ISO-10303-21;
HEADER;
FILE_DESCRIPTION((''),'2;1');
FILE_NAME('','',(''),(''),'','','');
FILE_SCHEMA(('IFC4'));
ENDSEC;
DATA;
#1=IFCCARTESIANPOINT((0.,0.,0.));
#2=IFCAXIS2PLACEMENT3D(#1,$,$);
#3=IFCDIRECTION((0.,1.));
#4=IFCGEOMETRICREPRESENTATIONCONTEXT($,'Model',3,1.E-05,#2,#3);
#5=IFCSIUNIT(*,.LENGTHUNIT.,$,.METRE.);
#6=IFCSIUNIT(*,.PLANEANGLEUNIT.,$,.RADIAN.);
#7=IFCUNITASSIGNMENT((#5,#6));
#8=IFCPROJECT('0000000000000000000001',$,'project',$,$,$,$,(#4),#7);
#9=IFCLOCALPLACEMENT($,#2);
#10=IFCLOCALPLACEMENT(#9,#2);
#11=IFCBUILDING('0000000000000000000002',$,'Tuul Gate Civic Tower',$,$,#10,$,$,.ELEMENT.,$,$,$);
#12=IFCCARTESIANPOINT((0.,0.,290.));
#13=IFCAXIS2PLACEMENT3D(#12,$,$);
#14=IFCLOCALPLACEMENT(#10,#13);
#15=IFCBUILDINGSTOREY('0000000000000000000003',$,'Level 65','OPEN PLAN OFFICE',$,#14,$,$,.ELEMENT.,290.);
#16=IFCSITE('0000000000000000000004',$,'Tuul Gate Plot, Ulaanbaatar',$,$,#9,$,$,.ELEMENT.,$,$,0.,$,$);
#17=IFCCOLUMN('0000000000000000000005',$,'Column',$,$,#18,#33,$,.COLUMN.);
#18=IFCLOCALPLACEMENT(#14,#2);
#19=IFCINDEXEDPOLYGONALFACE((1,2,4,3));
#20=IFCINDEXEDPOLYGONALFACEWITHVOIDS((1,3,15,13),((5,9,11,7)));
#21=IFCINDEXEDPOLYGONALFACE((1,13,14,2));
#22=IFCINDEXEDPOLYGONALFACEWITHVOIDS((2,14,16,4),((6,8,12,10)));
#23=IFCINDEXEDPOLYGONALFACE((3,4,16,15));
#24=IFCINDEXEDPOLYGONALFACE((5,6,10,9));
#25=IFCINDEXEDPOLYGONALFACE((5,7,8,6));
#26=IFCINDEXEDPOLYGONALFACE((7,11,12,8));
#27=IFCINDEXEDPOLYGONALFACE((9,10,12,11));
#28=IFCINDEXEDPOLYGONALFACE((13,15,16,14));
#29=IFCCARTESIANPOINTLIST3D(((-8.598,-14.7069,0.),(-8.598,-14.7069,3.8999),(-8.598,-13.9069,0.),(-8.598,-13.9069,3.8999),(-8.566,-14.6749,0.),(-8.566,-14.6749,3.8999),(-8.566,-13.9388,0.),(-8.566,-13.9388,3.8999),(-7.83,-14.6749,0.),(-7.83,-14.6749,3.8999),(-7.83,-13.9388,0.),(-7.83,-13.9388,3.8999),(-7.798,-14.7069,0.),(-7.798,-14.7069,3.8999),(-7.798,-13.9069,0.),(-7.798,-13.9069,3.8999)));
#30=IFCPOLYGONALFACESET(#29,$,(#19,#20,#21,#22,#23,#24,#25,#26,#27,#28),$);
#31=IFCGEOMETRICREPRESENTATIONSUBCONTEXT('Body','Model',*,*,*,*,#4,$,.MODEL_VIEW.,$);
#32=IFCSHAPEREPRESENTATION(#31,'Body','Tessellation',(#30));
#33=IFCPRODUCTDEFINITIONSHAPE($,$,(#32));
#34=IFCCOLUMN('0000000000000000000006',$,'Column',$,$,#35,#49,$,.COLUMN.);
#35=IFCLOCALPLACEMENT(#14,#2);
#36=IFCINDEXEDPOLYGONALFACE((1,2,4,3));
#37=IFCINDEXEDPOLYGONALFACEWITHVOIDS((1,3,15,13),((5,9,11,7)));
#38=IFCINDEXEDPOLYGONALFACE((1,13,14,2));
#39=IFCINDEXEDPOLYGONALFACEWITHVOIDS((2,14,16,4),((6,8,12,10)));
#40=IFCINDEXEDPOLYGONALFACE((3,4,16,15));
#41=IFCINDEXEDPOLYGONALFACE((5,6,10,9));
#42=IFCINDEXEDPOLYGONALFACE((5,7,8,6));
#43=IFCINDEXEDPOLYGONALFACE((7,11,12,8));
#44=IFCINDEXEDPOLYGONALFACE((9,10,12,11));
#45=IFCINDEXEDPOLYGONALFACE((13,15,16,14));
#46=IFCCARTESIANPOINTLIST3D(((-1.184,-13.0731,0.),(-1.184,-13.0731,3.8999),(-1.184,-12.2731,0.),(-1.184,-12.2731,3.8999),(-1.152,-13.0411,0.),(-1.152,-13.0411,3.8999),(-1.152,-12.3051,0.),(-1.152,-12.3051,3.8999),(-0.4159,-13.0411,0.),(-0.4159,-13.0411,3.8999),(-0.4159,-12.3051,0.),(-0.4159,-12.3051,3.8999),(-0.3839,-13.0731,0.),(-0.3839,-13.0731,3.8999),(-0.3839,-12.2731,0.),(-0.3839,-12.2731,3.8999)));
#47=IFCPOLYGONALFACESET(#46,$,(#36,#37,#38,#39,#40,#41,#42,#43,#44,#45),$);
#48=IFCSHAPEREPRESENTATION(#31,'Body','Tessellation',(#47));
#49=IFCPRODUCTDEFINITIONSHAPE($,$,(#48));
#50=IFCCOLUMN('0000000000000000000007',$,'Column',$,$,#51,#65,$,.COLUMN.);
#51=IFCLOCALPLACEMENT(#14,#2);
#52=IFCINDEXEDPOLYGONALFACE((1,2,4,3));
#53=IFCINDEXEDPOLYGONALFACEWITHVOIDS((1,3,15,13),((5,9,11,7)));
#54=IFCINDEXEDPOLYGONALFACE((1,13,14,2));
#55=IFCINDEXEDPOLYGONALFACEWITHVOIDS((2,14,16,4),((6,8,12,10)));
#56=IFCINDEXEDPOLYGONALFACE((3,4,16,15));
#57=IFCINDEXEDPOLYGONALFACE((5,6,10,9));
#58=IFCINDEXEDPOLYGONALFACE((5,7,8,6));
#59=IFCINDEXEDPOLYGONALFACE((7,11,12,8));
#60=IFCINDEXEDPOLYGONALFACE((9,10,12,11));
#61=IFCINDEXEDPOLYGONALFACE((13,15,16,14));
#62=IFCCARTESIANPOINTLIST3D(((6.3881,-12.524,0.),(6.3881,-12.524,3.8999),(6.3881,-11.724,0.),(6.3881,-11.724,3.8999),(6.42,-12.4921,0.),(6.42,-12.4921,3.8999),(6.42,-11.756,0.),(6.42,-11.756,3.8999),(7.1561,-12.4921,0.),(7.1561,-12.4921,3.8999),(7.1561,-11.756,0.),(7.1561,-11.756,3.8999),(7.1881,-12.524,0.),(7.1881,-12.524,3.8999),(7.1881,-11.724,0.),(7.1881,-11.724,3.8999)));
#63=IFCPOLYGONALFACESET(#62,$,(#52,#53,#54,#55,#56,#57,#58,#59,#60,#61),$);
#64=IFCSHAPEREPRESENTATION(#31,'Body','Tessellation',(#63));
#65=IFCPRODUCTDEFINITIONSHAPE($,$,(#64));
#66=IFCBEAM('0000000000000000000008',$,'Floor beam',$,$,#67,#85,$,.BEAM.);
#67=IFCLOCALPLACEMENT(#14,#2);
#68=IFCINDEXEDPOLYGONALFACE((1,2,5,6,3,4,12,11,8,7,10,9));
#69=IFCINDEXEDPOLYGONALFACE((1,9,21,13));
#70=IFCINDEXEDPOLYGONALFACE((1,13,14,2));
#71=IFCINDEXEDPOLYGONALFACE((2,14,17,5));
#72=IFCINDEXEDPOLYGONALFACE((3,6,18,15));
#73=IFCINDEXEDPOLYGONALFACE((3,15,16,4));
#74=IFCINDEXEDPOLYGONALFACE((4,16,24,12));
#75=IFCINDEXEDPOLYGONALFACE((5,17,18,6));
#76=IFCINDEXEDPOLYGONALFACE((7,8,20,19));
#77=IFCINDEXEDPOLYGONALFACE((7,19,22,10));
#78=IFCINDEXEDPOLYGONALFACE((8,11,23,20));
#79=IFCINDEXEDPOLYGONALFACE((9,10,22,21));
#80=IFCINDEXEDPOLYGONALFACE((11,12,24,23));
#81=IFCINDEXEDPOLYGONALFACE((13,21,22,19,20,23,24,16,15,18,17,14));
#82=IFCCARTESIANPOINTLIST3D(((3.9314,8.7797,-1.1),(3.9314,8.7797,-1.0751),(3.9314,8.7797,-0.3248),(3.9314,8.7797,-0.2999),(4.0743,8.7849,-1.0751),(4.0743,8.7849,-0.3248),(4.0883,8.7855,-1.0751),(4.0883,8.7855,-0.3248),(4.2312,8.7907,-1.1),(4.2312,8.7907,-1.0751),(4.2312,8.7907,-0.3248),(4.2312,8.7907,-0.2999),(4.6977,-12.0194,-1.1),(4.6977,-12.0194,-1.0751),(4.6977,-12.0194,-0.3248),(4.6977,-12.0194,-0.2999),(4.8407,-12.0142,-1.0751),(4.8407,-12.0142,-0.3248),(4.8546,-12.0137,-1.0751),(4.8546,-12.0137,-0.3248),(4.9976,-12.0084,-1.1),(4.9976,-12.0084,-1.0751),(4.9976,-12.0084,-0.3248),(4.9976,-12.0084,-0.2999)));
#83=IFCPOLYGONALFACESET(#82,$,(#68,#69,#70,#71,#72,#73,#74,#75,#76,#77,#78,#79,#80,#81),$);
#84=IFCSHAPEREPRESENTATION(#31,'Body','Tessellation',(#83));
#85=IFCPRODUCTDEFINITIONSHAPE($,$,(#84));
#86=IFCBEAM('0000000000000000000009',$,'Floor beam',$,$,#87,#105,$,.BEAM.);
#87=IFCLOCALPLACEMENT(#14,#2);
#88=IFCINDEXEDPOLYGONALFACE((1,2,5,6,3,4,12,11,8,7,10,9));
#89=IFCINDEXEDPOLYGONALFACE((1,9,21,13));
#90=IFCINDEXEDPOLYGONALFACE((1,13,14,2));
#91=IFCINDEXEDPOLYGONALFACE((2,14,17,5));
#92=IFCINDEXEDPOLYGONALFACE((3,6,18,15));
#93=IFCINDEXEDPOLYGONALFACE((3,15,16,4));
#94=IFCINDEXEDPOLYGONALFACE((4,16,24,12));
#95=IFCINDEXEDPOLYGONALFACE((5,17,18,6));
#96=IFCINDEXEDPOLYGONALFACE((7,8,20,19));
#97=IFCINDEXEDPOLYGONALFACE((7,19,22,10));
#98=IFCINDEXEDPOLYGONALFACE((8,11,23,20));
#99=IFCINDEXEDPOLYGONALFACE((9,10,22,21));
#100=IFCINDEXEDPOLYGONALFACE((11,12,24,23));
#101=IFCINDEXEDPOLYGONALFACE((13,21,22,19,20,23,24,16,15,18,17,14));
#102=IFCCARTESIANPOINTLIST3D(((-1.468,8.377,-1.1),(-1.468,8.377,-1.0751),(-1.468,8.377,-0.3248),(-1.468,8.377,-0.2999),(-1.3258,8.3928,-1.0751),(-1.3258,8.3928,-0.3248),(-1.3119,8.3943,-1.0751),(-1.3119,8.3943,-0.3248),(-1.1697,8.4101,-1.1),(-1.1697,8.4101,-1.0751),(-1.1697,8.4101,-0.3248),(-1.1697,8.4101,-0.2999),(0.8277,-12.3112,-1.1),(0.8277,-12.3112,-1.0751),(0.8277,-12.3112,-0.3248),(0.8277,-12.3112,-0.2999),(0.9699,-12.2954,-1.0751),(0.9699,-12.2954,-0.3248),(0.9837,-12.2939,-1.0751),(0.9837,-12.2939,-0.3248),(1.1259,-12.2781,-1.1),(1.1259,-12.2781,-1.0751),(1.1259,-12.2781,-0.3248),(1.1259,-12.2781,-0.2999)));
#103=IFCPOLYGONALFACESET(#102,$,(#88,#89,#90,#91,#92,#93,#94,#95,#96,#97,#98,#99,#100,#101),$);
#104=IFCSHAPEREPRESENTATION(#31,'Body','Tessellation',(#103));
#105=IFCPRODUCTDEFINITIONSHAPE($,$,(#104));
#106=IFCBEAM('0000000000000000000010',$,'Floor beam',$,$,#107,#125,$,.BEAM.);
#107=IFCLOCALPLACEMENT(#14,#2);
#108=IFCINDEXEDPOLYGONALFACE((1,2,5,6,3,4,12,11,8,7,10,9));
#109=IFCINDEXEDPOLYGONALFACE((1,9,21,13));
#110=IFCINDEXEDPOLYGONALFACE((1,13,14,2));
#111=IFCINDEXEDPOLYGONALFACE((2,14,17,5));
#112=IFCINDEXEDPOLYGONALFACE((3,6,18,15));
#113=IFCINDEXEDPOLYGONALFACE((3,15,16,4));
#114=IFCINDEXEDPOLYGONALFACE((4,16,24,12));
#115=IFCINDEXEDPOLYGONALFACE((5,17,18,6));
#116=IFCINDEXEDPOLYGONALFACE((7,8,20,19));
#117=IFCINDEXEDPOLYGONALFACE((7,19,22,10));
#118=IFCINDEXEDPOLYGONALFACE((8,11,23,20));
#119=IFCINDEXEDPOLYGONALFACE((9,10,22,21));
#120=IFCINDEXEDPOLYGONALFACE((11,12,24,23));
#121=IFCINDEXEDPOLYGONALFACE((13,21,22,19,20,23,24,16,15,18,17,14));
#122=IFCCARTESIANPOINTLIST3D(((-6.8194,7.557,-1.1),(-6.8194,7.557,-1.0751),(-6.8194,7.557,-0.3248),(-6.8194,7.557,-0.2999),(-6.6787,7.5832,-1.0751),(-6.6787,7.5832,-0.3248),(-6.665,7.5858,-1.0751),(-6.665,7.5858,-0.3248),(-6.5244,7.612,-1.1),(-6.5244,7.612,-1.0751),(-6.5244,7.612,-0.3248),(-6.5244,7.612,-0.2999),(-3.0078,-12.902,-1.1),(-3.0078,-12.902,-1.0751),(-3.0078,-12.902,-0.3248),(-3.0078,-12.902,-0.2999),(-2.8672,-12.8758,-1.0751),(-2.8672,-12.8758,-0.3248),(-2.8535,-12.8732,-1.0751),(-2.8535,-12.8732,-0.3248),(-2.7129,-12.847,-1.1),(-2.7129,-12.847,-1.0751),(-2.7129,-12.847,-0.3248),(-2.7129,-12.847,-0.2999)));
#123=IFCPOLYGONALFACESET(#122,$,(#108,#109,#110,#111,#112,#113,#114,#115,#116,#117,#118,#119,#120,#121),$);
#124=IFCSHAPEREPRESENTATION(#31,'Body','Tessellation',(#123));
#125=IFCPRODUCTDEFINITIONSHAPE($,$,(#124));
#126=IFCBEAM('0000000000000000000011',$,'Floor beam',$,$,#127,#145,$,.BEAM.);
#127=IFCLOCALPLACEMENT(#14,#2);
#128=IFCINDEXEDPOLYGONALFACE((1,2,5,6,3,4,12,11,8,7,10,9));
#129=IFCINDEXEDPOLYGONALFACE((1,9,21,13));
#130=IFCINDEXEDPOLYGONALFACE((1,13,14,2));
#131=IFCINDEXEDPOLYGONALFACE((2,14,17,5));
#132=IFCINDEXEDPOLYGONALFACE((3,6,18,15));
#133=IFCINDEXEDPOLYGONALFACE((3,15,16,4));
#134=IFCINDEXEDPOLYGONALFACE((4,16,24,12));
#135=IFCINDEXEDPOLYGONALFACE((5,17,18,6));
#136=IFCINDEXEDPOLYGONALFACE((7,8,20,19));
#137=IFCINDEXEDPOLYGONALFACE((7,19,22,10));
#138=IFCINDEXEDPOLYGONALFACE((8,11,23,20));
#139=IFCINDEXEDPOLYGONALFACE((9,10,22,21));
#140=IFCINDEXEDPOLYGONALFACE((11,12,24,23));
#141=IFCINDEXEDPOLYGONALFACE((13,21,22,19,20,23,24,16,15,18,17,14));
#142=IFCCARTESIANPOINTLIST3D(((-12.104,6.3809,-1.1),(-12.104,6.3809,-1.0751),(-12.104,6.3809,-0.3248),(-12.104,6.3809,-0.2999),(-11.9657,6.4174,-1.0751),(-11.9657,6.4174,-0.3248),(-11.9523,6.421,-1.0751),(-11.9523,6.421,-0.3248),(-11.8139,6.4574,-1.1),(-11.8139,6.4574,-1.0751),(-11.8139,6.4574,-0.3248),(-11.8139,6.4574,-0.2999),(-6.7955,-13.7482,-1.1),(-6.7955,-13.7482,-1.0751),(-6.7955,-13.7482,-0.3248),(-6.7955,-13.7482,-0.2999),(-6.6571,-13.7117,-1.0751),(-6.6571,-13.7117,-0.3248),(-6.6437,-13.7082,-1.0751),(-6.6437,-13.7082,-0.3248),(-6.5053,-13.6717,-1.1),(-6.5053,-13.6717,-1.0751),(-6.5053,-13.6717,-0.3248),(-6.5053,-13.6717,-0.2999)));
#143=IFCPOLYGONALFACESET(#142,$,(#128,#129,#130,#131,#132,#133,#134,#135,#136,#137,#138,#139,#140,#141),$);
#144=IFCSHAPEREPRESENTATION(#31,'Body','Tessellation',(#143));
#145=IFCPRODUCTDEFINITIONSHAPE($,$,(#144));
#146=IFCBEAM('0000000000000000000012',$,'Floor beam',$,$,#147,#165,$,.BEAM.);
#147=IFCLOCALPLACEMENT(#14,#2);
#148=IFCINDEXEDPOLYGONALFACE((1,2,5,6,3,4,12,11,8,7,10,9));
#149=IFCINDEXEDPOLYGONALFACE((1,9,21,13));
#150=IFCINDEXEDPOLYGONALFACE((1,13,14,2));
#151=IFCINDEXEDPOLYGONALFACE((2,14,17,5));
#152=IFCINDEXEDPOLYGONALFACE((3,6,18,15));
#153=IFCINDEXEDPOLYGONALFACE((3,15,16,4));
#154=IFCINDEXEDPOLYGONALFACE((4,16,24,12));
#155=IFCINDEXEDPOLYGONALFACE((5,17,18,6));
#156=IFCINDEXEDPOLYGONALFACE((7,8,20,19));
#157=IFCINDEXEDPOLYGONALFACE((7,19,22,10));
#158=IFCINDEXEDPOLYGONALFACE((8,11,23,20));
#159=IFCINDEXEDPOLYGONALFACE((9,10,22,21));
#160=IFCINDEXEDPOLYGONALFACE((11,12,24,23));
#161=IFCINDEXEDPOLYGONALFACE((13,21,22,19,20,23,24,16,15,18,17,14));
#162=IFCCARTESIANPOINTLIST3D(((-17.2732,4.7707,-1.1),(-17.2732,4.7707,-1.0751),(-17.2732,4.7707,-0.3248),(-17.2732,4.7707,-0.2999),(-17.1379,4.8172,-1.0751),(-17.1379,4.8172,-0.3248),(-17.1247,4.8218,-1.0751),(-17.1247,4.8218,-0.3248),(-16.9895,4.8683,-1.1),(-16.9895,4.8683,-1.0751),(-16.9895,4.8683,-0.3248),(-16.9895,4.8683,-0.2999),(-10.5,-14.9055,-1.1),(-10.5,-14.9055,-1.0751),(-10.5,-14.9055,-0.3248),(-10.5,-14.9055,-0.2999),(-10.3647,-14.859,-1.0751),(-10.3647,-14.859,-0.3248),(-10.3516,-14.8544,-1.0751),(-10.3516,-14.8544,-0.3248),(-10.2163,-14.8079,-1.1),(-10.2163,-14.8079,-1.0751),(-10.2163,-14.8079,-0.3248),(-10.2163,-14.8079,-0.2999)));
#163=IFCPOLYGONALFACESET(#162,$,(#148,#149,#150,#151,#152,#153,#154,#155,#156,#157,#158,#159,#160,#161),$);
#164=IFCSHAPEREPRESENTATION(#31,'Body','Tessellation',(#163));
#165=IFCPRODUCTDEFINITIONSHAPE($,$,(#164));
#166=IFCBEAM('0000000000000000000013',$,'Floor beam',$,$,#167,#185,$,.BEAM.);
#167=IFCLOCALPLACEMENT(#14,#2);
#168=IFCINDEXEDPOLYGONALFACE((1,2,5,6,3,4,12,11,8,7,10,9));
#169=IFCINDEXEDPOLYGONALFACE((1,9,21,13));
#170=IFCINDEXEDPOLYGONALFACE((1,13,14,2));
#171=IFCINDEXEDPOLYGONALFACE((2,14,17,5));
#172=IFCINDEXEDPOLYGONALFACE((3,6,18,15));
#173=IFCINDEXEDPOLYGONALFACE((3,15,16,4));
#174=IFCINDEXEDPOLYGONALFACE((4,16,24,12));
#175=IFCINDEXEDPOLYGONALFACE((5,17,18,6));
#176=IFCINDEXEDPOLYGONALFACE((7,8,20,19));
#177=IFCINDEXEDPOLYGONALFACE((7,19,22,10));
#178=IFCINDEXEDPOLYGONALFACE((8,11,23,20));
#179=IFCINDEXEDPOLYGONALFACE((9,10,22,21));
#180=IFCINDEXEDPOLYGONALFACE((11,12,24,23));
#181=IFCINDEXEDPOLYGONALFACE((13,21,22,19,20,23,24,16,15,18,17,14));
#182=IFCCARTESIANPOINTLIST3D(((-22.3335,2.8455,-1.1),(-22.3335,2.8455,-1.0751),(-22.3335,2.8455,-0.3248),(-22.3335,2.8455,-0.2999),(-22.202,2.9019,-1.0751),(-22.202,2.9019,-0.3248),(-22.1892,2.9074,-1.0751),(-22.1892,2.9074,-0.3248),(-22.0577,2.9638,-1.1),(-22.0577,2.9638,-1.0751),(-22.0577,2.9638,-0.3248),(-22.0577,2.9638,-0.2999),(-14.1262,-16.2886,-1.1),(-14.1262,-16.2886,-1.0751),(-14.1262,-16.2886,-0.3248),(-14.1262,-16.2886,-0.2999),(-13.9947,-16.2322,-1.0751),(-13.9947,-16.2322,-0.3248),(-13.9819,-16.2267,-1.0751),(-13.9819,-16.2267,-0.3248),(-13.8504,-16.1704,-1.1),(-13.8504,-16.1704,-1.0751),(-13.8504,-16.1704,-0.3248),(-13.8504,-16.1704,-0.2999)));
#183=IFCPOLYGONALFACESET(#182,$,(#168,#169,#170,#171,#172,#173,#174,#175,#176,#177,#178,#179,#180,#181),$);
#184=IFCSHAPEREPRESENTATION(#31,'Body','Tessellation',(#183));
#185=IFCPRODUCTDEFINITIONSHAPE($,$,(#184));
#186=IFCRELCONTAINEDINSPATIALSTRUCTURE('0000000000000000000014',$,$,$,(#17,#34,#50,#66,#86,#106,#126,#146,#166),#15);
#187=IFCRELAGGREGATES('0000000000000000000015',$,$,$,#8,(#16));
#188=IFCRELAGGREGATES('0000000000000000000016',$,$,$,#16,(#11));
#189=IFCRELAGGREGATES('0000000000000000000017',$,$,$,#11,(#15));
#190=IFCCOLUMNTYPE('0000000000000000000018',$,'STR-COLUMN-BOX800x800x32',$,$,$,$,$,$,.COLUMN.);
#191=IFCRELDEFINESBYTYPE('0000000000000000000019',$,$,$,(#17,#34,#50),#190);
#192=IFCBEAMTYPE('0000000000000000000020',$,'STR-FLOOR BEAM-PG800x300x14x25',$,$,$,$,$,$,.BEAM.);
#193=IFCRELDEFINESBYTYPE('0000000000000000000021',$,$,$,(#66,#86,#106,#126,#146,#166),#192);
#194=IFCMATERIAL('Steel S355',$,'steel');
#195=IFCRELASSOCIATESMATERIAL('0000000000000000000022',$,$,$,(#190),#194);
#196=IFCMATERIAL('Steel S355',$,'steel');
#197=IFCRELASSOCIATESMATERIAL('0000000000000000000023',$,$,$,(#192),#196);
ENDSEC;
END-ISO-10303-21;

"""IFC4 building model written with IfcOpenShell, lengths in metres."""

from ifc_helpers import new_model, si_unit, direction, frame, origin, origin_2d, place, context, subcontext, project, spatial, hollow_rectangle, i_section, extrude, material, material_profile, profile_set, type_object, element, save


model = new_model("IFC4")

# Units and contexts
model_context = context("Model", 3, precision=1e-05, world=origin(), true_north=direction((0.0, 1.0)))
body_context = subcontext(model_context, "Body", "Model", "MODEL_VIEW")
ifc_project = project(units=[si_unit("LENGTHUNIT", "METRE"), si_unit("PLANEANGLEUNIT", "RADIAN")], contexts=[model_context])

# Site, building, storey
site_placement = place(None, origin())
site = spatial("IfcSite", under=ifc_project, at=site_placement, Name="Tuul Gate Plot, Ulaanbaatar", CompositionType="ELEMENT", RefElevation=0.0)
building_placement = place(site_placement, origin())
building = spatial("IfcBuilding", under=site, at=building_placement, Name="Tuul Gate Civic Tower", CompositionType="ELEMENT")
storey_placement = place(building_placement, frame((0.0, 0.0, 290.0)))
storey = spatial("IfcBuildingStorey", under=building, at=storey_placement, Name="Level 65", Description="OPEN PLAN OFFICE", CompositionType="ELEMENT", Elevation=290.0)

# Columns
ifc_material_1 = material(Name="Steel S355", Category="steel")
ifc_material_profile_1 = material_profile(ifc_material_1, hollow_rectangle(XDim=0.8, YDim=0.8, WallThickness=0.032, at=origin_2d()), Name="BOX800x800x32")
ifc_profile_set_1 = profile_set([ifc_material_profile_1], Name="Steel S355")
column_type = type_object("IfcColumnType", Name="STR-COLUMN-BOX800x800x32", PredefinedType="COLUMN", material=ifc_profile_set_1)
for number, where, z_axis, x_axis, name in (
    (1, (-8.198, -14.3069, 0.0), (0.0, 0.0, 1.0), (1.0, 0.0, 0.0), "Column"),
    (2, (-0.7839, -12.6731, 0.0), (0.0, 0.0, 1.0), (1.0, 0.0, 0.0), "Column"),
    (3, (6.7881, -12.124, 0.0), (0.0, 0.0, 1.0), (1.0, 0.0, 0.0), "Column"),
):
    element("IfcColumn", number, at=place(storey_placement, frame(where, z_axis=z_axis, x_axis=x_axis)), inside=storey, type_object=column_type, Name=name, PredefinedType="COLUMN", context=body_context, shape_type="SweptSolid", body=[
        extrude(hollow_rectangle(XDim=0.8, YDim=0.8, WallThickness=0.032, at=origin_2d()), origin(), (0.0, 0.0, 1.0), 3.8999),
    ])

# Beams
ifc_material_2 = material(Name="Steel S355", Category="steel")
ifc_material_profile_2 = material_profile(ifc_material_2, i_section(OverallWidth=0.3, OverallDepth=0.8, WebThickness=0.0139, FlangeThickness=0.0249, at=origin_2d()), Name="PG800x300x14x25")
ifc_profile_set_2 = profile_set([ifc_material_profile_2], Name="Steel S355")
beam_type_1 = type_object("IfcBeamType", Name="STR-FLOOR BEAM-PG800x300x14x25", PredefinedType="BEAM", material=ifc_profile_set_2)
beam_1_placement = place(storey_placement, frame((4.8477, -12.0139, -0.7), z_axis=(-0.036821, 0.999322, 0.0), x_axis=(-0.999322, -0.036821, 0.0)))
element("IfcBeam", 4, at=beam_1_placement, inside=storey, type_object=beam_type_1, Name="Floor beam", PredefinedType="BEAM", context=body_context, shape_type="SweptSolid", body=[
    extrude(i_section(OverallWidth=0.3, OverallDepth=0.8, WebThickness=0.0139, FlangeThickness=0.0249, at=origin_2d()), origin(), (0.0, 0.0, 1.0), 20.8132),
])
beam_2_placement = place(storey_placement, frame((0.9768, -12.2947, -0.7), z_axis=(-0.110287, 0.9939, 0.0), x_axis=(-0.9939, -0.110287, 0.0)))
element("IfcBeam", 5, at=beam_2_placement, inside=storey, type_object=beam_type_1, Name="Floor beam", PredefinedType="BEAM", context=body_context, shape_type="SweptSolid", body=[
    extrude(i_section(OverallWidth=0.3, OverallDepth=0.8, WebThickness=0.0139, FlangeThickness=0.0249, at=origin_2d()), origin(), (0.0, 0.0, 1.0), 20.8152),
])
beam_3_placement = place(storey_placement, frame((-2.8604, -12.8745, -0.7), z_axis=(-0.183149, 0.983085, 0.0), x_axis=(-0.983085, -0.183149, 0.0)))
element("IfcBeam", 6, at=beam_3_placement, inside=storey, type_object=beam_type_1, Name="Floor beam", PredefinedType="BEAM", context=body_context, shape_type="SweptSolid", body=[
    extrude(i_section(OverallWidth=0.3, OverallDepth=0.8, WebThickness=0.0139, FlangeThickness=0.0249, at=origin_2d()), origin(), (0.0, 0.0, 1.0), 20.811),
])
beam_4_placement = place(storey_placement, frame((-6.6504, -13.71, -0.7), z_axis=(-0.255008, 0.966939, 0.0), x_axis=(-0.966939, -0.255008, 0.0)))
element("IfcBeam", 7, at=beam_4_placement, inside=storey, type_object=beam_type_1, Name="Floor beam", PredefinedType="BEAM", context=body_context, shape_type="SweptSolid", body=[
    extrude(i_section(OverallWidth=0.3, OverallDepth=0.8, WebThickness=0.0139, FlangeThickness=0.0249, at=origin_2d()), origin(), (0.0, 0.0, 1.0), 20.8174),
])
beam_5_placement = place(storey_placement, frame((-10.3582, -14.8567, -0.7), z_axis=(-0.325487, 0.945547, 0.0), x_axis=(-0.945547, -0.325487, 0.0)))
element("IfcBeam", 8, at=beam_5_placement, inside=storey, type_object=beam_type_1, Name="Floor beam", PredefinedType="BEAM", context=body_context, shape_type="SweptSolid", body=[
    extrude(i_section(OverallWidth=0.3, OverallDepth=0.8, WebThickness=0.0139, FlangeThickness=0.0249, at=origin_2d()), origin(), (0.0, 0.0, 1.0), 20.8093),
])
beam_6_placement = place(storey_placement, frame((-13.9883, -16.2295, -0.7), z_axis=(-0.394202, 0.919024, 0.0), x_axis=(-0.919024, -0.394202, 0.0)))
element("IfcBeam", 9, at=beam_6_placement, inside=storey, type_object=beam_type_1, Name="Floor beam", PredefinedType="BEAM", context=body_context, shape_type="SweptSolid", body=[
    extrude(i_section(OverallWidth=0.3, OverallDepth=0.8, WebThickness=0.0139, FlangeThickness=0.0249, at=origin_2d()), origin(), (0.0, 0.0, 1.0), 20.8201),
])

save(model, "model.ifc")
